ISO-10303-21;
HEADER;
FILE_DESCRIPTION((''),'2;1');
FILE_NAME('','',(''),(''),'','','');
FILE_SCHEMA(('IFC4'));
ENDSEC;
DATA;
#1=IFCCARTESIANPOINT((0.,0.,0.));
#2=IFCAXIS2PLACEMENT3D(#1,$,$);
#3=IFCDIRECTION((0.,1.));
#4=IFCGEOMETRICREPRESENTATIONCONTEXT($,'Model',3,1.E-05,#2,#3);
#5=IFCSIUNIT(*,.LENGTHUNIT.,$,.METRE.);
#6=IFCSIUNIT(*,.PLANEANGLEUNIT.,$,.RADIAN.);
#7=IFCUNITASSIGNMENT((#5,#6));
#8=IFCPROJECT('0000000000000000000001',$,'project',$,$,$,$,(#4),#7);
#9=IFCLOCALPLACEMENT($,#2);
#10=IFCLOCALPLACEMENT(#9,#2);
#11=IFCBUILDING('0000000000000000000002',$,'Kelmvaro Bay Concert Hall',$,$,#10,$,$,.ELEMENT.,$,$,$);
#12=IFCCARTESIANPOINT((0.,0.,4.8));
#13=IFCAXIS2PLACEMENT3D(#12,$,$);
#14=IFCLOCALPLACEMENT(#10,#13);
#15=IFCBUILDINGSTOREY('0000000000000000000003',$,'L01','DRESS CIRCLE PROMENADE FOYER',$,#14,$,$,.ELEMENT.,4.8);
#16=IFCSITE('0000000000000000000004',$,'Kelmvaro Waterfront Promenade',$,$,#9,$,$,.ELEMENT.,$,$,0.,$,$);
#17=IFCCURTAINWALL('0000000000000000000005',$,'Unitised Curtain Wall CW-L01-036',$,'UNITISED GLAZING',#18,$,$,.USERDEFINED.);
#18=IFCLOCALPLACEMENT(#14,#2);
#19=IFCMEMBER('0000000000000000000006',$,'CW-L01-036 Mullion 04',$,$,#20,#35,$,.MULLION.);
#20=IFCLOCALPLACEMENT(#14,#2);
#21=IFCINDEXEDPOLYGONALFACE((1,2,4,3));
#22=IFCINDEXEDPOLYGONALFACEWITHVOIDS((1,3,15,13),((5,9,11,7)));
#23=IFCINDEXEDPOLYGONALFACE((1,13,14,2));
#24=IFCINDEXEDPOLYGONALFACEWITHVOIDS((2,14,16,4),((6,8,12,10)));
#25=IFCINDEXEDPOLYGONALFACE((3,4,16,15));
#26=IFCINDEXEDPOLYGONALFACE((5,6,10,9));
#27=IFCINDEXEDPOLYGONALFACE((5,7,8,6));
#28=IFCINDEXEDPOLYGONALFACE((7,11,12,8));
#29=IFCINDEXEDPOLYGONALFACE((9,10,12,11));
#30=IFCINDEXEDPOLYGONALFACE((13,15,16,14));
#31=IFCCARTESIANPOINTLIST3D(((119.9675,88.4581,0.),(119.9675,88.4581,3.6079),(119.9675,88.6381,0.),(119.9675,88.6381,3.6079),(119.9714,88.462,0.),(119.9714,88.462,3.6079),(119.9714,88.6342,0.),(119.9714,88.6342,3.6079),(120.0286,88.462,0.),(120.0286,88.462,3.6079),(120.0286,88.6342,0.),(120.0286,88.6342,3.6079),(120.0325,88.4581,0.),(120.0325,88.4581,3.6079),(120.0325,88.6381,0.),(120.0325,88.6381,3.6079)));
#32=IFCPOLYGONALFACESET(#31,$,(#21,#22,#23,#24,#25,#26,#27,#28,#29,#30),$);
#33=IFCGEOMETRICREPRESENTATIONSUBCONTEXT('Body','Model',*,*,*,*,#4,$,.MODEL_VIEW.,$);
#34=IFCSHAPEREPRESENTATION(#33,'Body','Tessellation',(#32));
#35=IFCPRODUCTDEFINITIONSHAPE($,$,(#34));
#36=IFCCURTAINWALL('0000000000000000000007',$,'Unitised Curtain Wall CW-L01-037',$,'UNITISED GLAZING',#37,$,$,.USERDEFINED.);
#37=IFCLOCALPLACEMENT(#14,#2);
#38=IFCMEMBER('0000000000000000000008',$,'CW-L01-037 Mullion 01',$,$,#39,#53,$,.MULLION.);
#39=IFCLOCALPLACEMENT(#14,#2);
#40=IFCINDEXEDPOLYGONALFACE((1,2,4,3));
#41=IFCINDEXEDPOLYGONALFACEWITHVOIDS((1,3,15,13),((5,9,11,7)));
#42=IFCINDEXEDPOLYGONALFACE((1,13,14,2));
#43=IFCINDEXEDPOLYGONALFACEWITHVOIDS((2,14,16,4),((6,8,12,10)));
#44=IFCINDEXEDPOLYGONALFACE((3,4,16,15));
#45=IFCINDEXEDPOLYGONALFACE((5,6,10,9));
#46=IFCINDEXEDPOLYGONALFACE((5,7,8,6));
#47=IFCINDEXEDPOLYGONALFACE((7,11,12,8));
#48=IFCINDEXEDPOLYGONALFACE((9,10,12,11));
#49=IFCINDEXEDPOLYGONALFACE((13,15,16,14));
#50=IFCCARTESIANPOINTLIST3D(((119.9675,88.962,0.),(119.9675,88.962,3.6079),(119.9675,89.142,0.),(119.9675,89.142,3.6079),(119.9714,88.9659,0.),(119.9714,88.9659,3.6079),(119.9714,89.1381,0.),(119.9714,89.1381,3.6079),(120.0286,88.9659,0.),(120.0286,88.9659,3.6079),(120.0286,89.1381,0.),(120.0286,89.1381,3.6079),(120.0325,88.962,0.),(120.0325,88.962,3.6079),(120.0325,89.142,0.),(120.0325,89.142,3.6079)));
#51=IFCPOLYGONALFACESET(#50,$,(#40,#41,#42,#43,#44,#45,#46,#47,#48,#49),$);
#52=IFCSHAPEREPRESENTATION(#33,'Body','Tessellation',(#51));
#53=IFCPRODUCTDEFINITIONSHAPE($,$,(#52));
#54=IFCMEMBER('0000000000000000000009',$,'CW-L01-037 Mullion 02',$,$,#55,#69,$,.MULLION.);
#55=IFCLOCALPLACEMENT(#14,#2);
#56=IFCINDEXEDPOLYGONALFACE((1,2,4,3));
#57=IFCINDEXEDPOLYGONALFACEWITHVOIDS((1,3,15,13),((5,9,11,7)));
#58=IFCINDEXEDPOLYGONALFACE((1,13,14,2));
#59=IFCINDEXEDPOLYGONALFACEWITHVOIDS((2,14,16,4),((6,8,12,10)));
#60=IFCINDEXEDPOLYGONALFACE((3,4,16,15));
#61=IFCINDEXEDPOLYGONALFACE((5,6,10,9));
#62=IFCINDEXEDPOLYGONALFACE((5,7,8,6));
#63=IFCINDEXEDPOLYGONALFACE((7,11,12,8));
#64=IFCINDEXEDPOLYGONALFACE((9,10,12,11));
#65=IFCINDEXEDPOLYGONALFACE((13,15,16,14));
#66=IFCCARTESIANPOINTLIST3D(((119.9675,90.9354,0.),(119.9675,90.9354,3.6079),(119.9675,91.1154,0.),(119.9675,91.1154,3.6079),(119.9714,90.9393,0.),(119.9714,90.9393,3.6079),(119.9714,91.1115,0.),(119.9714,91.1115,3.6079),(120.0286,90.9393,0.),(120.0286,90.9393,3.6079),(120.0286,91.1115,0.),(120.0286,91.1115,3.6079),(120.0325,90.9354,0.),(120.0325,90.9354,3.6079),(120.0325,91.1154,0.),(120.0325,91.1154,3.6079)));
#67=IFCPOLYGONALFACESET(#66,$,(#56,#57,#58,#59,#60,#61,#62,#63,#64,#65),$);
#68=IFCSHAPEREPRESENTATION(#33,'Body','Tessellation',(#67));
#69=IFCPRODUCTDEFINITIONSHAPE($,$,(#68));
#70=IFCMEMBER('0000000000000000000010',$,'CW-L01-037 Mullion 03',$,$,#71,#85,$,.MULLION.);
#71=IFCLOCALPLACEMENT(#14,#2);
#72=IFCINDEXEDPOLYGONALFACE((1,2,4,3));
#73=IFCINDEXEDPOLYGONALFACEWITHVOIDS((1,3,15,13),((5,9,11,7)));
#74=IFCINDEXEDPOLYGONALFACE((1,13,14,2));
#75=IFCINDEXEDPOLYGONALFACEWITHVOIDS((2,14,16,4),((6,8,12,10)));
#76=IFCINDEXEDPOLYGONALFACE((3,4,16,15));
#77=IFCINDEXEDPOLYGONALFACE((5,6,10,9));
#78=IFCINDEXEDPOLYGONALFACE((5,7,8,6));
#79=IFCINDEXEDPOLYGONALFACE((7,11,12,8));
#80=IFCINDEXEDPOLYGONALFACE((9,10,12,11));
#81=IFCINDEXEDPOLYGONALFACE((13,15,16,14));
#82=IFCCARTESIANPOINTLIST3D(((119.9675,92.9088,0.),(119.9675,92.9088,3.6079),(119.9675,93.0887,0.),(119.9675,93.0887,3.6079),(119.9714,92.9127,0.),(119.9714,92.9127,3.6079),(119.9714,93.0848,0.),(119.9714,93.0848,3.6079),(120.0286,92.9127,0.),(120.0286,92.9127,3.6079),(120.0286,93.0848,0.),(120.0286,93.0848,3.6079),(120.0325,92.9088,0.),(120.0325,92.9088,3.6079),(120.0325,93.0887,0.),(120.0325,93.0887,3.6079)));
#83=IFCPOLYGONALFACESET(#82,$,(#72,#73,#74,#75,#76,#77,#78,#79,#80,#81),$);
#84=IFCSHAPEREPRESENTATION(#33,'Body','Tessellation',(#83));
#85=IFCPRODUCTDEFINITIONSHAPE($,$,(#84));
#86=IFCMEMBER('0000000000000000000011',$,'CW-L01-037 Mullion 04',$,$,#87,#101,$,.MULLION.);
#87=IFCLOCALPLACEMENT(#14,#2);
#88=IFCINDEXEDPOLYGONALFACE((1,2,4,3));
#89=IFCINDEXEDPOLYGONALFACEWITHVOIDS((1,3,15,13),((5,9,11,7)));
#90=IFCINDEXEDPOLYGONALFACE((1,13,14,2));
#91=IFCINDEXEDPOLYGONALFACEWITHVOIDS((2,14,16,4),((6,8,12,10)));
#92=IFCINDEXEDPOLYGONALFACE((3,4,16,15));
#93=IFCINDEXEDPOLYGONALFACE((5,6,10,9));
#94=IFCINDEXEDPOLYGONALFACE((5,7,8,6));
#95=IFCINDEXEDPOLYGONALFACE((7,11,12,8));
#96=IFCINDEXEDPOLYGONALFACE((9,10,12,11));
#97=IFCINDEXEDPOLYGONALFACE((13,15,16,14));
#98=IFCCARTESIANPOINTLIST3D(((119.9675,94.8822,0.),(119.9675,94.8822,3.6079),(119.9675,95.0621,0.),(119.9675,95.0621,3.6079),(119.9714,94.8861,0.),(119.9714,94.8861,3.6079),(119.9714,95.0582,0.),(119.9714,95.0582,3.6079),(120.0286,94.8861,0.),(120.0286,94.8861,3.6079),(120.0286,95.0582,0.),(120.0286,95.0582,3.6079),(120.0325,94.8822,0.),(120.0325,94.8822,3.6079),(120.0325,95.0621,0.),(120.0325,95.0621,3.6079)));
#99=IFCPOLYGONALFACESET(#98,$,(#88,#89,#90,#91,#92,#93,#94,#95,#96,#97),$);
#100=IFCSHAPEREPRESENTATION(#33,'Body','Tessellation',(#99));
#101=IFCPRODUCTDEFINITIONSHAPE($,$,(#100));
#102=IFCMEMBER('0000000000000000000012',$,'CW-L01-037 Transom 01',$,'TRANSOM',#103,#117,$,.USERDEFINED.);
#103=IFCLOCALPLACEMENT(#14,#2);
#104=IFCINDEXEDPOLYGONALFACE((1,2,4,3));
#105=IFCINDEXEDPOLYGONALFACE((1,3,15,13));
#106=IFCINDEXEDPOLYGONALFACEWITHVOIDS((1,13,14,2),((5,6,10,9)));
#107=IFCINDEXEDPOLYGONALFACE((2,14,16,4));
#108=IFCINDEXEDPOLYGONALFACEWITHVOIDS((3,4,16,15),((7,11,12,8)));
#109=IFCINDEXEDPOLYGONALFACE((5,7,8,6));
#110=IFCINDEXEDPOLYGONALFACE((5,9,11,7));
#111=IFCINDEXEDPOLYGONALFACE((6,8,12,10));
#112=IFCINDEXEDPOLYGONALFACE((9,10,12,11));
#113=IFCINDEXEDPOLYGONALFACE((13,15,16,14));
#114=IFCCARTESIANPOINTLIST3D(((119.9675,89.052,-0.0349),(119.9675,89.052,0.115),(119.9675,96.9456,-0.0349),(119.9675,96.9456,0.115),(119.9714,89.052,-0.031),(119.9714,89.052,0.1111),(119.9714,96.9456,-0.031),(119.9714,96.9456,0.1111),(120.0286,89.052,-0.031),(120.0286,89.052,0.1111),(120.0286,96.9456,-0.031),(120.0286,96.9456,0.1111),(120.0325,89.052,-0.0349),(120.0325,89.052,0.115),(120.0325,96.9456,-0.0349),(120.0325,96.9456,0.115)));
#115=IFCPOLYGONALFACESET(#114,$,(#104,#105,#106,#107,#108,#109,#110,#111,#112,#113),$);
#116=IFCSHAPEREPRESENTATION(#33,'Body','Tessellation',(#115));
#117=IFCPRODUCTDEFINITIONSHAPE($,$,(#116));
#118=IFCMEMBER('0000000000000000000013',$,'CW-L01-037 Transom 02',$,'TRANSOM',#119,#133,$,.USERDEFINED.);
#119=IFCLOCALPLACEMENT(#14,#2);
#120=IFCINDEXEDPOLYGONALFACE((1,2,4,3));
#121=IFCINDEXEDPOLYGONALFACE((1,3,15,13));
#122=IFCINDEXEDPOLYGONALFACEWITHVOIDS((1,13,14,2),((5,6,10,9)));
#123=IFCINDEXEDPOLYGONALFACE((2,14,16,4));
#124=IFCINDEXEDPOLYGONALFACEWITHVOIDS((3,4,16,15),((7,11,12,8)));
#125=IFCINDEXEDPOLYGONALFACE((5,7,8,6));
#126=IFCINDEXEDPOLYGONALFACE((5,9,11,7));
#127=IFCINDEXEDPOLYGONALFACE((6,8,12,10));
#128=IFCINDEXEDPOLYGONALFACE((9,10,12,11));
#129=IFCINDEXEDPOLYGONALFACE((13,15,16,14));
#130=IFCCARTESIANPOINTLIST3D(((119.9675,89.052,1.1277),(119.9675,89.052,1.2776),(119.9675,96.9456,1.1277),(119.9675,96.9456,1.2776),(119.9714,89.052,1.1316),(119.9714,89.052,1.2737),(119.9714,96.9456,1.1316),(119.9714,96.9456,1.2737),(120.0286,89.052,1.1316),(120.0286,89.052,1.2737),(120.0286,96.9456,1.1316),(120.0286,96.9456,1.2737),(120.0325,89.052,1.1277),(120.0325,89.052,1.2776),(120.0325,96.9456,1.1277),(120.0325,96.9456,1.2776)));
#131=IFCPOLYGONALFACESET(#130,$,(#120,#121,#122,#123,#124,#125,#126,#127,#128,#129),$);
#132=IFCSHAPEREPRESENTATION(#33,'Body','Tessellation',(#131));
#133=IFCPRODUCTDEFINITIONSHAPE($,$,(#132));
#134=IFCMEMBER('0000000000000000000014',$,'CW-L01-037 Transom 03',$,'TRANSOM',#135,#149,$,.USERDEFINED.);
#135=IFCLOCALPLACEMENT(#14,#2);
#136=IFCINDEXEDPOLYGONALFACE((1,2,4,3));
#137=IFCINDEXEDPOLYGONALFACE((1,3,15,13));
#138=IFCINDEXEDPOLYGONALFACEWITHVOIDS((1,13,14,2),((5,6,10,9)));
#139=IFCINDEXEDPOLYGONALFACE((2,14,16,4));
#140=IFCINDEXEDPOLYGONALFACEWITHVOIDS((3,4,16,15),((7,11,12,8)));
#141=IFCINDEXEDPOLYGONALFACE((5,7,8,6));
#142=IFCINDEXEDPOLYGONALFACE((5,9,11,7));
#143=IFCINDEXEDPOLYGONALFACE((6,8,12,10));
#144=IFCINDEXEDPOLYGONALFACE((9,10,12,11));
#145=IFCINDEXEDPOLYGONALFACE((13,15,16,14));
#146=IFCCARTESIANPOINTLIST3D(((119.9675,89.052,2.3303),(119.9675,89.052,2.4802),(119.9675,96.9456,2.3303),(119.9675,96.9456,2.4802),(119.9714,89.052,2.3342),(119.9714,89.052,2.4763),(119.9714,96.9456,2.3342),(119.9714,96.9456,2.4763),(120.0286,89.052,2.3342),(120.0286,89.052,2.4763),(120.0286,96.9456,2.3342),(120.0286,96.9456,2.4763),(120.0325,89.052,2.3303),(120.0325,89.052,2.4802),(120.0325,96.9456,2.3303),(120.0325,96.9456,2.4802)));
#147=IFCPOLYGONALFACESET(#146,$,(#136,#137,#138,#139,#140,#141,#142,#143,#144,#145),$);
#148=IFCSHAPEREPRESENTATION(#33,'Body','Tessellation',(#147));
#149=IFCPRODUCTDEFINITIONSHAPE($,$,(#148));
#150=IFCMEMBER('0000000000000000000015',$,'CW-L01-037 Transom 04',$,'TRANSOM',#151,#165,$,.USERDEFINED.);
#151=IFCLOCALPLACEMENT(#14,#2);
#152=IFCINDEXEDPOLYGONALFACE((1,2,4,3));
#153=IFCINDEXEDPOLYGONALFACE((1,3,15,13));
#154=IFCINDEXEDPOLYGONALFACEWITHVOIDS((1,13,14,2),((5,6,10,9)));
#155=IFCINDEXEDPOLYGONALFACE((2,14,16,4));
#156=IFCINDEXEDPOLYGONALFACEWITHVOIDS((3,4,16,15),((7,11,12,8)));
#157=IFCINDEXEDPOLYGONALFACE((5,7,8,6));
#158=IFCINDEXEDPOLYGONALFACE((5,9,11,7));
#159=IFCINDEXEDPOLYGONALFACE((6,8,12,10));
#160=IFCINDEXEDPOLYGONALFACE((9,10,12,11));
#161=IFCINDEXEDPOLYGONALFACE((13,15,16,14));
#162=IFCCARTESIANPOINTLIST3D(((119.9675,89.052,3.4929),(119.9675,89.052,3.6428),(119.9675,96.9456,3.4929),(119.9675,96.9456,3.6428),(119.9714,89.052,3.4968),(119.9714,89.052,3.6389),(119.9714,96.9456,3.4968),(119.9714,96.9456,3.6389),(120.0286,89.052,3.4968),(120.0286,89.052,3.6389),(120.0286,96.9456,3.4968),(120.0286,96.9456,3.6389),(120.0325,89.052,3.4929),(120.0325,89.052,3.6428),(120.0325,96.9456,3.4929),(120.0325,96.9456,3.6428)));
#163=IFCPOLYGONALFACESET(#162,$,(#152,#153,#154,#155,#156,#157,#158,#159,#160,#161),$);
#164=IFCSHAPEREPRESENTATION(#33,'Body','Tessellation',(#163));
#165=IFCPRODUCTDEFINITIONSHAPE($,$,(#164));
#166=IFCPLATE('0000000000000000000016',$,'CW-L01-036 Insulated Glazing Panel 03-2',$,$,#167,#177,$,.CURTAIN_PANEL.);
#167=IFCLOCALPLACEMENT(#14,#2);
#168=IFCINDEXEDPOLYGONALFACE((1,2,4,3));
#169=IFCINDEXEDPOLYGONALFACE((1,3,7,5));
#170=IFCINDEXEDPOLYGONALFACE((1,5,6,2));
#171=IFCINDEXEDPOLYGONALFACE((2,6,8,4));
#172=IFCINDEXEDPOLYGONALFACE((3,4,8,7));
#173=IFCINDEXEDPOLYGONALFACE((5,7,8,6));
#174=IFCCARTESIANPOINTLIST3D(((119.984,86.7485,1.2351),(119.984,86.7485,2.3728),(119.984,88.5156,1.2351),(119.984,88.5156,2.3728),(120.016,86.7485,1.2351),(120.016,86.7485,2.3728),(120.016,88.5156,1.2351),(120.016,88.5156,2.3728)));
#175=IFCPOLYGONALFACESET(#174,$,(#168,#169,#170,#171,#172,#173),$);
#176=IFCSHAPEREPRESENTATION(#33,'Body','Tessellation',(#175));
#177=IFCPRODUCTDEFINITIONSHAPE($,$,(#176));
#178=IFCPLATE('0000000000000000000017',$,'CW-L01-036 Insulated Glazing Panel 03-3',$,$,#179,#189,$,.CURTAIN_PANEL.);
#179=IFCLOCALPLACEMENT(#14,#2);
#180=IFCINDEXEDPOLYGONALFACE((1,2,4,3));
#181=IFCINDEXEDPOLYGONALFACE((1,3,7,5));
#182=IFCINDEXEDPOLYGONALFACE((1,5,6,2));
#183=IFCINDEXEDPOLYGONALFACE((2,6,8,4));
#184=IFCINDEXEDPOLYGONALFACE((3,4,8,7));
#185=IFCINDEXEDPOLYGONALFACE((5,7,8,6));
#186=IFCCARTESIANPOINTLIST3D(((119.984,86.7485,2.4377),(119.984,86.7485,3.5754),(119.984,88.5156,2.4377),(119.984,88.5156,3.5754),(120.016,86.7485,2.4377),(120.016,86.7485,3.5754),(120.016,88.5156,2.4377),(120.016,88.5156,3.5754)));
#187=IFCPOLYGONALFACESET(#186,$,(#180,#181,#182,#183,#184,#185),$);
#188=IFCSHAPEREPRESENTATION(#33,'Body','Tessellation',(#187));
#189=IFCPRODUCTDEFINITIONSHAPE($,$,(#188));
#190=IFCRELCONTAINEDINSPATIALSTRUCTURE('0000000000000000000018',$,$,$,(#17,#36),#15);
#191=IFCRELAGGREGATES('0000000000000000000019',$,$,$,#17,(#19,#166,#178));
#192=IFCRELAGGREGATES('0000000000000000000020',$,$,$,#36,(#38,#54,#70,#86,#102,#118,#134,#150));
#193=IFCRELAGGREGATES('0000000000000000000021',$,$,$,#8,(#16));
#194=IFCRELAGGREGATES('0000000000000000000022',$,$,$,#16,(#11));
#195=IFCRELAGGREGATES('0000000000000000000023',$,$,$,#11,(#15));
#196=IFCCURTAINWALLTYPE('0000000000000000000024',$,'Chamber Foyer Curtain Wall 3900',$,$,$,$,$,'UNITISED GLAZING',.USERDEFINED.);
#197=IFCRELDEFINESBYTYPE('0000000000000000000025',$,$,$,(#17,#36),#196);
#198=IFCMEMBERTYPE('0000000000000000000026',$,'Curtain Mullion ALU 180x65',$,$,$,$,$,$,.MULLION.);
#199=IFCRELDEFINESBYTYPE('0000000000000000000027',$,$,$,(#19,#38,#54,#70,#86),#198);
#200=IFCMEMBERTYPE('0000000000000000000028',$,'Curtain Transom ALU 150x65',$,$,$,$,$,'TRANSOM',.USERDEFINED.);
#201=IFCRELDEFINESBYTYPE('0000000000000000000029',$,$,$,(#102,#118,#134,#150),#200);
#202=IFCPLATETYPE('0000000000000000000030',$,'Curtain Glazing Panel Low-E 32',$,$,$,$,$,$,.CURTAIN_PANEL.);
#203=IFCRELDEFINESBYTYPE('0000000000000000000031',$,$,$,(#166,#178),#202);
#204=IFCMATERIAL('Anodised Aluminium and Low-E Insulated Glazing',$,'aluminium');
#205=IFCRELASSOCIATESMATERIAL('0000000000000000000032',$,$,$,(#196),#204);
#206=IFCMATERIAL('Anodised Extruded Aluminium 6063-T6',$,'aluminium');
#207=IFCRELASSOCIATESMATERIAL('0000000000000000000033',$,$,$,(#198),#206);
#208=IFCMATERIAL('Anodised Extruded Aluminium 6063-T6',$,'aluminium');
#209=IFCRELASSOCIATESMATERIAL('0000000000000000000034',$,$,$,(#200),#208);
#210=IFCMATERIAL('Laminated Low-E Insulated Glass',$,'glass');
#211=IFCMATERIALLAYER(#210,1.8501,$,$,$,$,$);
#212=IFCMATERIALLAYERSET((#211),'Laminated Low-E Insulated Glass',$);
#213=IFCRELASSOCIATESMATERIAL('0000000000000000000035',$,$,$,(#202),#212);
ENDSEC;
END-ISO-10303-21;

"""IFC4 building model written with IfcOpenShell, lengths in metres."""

from ifc_helpers import new_model, si_unit, direction, frame, origin, origin_2d, place, context, subcontext, project, spatial, rectangle, hollow_rectangle, extrude, material, layer, layer_set, material_profile, profile_set, type_object, element, aggregate, save


model = new_model("IFC4")

# Units and contexts
model_context = context("Model", 3, precision=1e-05, world=origin(), true_north=direction((0.0, 1.0)))
body_context = subcontext(model_context, "Body", "Model", "MODEL_VIEW")
ifc_project = project(units=[si_unit("LENGTHUNIT", "METRE"), si_unit("PLANEANGLEUNIT", "RADIAN")], contexts=[model_context])

# Site, building, storey
site_placement = place(None, origin())
site = spatial("IfcSite", under=ifc_project, at=site_placement, Name="Kelmvaro Waterfront Promenade", CompositionType="ELEMENT", RefElevation=0.0)
building_placement = place(site_placement, origin())
building = spatial("IfcBuilding", under=site, at=building_placement, Name="Kelmvaro Bay Concert Hall", CompositionType="ELEMENT")
storey_placement = place(building_placement, frame((0.0, 0.0, 4.8)))
storey = spatial("IfcBuildingStorey", under=building, at=storey_placement, Name="L01", Description="DRESS CIRCLE PROMENADE FOYER", CompositionType="ELEMENT", Elevation=4.8)

# Curtain wall, member
ifc_material_1 = material(Name="Anodised Aluminium and Low-E Insulated Glazing", Category="aluminium")
curtain_wall_type = type_object("IfcCurtainWallType", Name="Chamber Foyer Curtain Wall 3900", ElementType="UNITISED GLAZING", PredefinedType="USERDEFINED", material=ifc_material_1)
curtain_wall_1_placement = place(storey_placement, origin())
curtain_wall_1 = element("IfcCurtainWall", 1, at=curtain_wall_1_placement, inside=storey, type_object=curtain_wall_type, Name="Unitised Curtain Wall CW-L01-036", ObjectType="UNITISED GLAZING", PredefinedType="USERDEFINED")
ifc_material_2 = material(Name="Anodised Extruded Aluminium 6063-T6", Category="aluminium")
ifc_material_profile_1 = material_profile(ifc_material_2, hollow_rectangle(XDim=0.0649, YDim=0.1799, WallThickness=0.0039, at=origin_2d()), Name="ALU-MUL-180X65")
ifc_profile_set_1 = profile_set([ifc_material_profile_1], Name="Anodised Extruded Aluminium 6063-T6")
member_type_1 = type_object("IfcMemberType", Name="Curtain Mullion ALU 180x65", PredefinedType="MULLION", material=ifc_profile_set_1)
member_1_placement = place(storey_placement, frame((120.0, 88.5481, 0.0), z_axis=(0.0, 0.0, 1.0), x_axis=(1.0, 0.0, 0.0)))
member_1 = element("IfcMember", 2, at=member_1_placement, type_object=member_type_1, Name="CW-L01-036 Mullion 04", PredefinedType="MULLION", context=body_context, shape_type="SweptSolid", body=[
    extrude(hollow_rectangle(XDim=0.0649, YDim=0.1799, WallThickness=0.0039, at=origin_2d()), origin(), (0.0, 0.0, 1.0), 3.6079),
])

# Curtain wall, members
curtain_wall_2_placement = place(storey_placement, origin())
curtain_wall_2 = element("IfcCurtainWall", 3, at=curtain_wall_2_placement, inside=storey, type_object=curtain_wall_type, Name="Unitised Curtain Wall CW-L01-037", ObjectType="UNITISED GLAZING", PredefinedType="USERDEFINED")
member_2_placement = place(storey_placement, frame((120.0, 89.052, 0.0), z_axis=(0.0, 0.0, 1.0), x_axis=(1.0, 0.0, 0.0)))
member_2 = element("IfcMember", 4, at=member_2_placement, type_object=member_type_1, Name="CW-L01-037 Mullion 01", PredefinedType="MULLION", context=body_context, shape_type="SweptSolid", body=[
    extrude(hollow_rectangle(XDim=0.0649, YDim=0.1799, WallThickness=0.0039, at=origin_2d()), origin(), (0.0, 0.0, 1.0), 3.6079),
])
member_3_placement = place(storey_placement, frame((120.0, 91.0254, 0.0), z_axis=(0.0, 0.0, 1.0), x_axis=(1.0, 0.0, 0.0)))
member_3 = element("IfcMember", 5, at=member_3_placement, type_object=member_type_1, Name="CW-L01-037 Mullion 02", PredefinedType="MULLION", context=body_context, shape_type="SweptSolid", body=[
    extrude(hollow_rectangle(XDim=0.0649, YDim=0.1799, WallThickness=0.0039, at=origin_2d()), origin(), (0.0, 0.0, 1.0), 3.6079),
])
member_4_placement = place(storey_placement, frame((120.0, 92.9988, 0.0), z_axis=(0.0, 0.0, 1.0), x_axis=(1.0, 0.0, 0.0)))
member_4 = element("IfcMember", 6, at=member_4_placement, type_object=member_type_1, Name="CW-L01-037 Mullion 03", PredefinedType="MULLION", context=body_context, shape_type="SweptSolid", body=[
    extrude(hollow_rectangle(XDim=0.0649, YDim=0.1799, WallThickness=0.0039, at=origin_2d()), origin(), (0.0, 0.0, 1.0), 3.6079),
])
member_5_placement = place(storey_placement, frame((120.0, 94.9722, 0.0), z_axis=(0.0, 0.0, 1.0), x_axis=(1.0, 0.0, 0.0)))
member_5 = element("IfcMember", 7, at=member_5_placement, type_object=member_type_1, Name="CW-L01-037 Mullion 04", PredefinedType="MULLION", context=body_context, shape_type="SweptSolid", body=[
    extrude(hollow_rectangle(XDim=0.0649, YDim=0.1799, WallThickness=0.0039, at=origin_2d()), origin(), (0.0, 0.0, 1.0), 3.6079),
])
ifc_material_3 = material(Name="Anodised Extruded Aluminium 6063-T6", Category="aluminium")
ifc_material_profile_2 = material_profile(ifc_material_3, hollow_rectangle(XDim=0.0649, YDim=0.1499, WallThickness=0.0039, at=origin_2d()), Name="ALU-TRN-150X65")
ifc_profile_set_2 = profile_set([ifc_material_profile_2], Name="Anodised Extruded Aluminium 6063-T6")
member_type_2 = type_object("IfcMemberType", Name="Curtain Transom ALU 150x65", ElementType="TRANSOM", PredefinedType="USERDEFINED", material=ifc_profile_set_2)
member_6_placement = place(storey_placement, frame((120.0, 89.052, 0.04), z_axis=(0.0, 1.0, 0.0), x_axis=(-1.0, 0.0, 0.0)))
member_6 = element("IfcMember", 8, at=member_6_placement, type_object=member_type_2, Name="CW-L01-037 Transom 01", ObjectType="TRANSOM", PredefinedType="USERDEFINED", context=body_context, shape_type="SweptSolid", body=[
    extrude(hollow_rectangle(XDim=0.0649, YDim=0.1499, WallThickness=0.0039, at=origin_2d()), origin(), (0.0, 0.0, 1.0), 7.8936),
])
member_7_placement = place(storey_placement, frame((120.0, 89.052, 1.2026), z_axis=(0.0, 1.0, 0.0), x_axis=(-1.0, 0.0, 0.0)))
member_7 = element("IfcMember", 9, at=member_7_placement, type_object=member_type_2, Name="CW-L01-037 Transom 02", ObjectType="TRANSOM", PredefinedType="USERDEFINED", context=body_context, shape_type="SweptSolid", body=[
    extrude(hollow_rectangle(XDim=0.0649, YDim=0.1499, WallThickness=0.0039, at=origin_2d()), origin(), (0.0, 0.0, 1.0), 7.8936),
])
member_8_placement = place(storey_placement, frame((120.0, 89.052, 2.4053), z_axis=(0.0, 1.0, 0.0), x_axis=(-1.0, 0.0, 0.0)))
member_8 = element("IfcMember", 10, at=member_8_placement, type_object=member_type_2, Name="CW-L01-037 Transom 03", ObjectType="TRANSOM", PredefinedType="USERDEFINED", context=body_context, shape_type="SweptSolid", body=[
    extrude(hollow_rectangle(XDim=0.0649, YDim=0.1499, WallThickness=0.0039, at=origin_2d()), origin(), (0.0, 0.0, 1.0), 7.8936),
])
member_9_placement = place(storey_placement, frame((120.0, 89.052, 3.5679), z_axis=(0.0, 1.0, 0.0), x_axis=(-1.0, 0.0, 0.0)))
member_9 = element("IfcMember", 11, at=member_9_placement, type_object=member_type_2, Name="CW-L01-037 Transom 04", ObjectType="TRANSOM", PredefinedType="USERDEFINED", context=body_context, shape_type="SweptSolid", body=[
    extrude(hollow_rectangle(XDim=0.0649, YDim=0.1499, WallThickness=0.0039, at=origin_2d()), origin(), (0.0, 0.0, 1.0), 7.8936),
])

# Plates
ifc_material_4 = material(Name="Laminated Low-E Insulated Glass", Category="glass")
ifc_layer = layer(ifc_material_4, 1.8501)
ifc_layer_set = layer_set([ifc_layer], Name="Laminated Low-E Insulated Glass")
plate_type = type_object("IfcPlateType", Name="Curtain Glazing Panel Low-E 32", PredefinedType="CURTAIN_PANEL", material=ifc_layer_set)
plate_1_placement = place(storey_placement, frame((120.0, 87.6321, 1.2351), z_axis=(0.0, 0.0, 1.0), x_axis=(0.0, 1.0, 0.0)))
plate_1 = element("IfcPlate", 12, at=plate_1_placement, type_object=plate_type, Name="CW-L01-036 Insulated Glazing Panel 03-2", PredefinedType="CURTAIN_PANEL", context=body_context, shape_type="SweptSolid", body=[
    extrude(rectangle(XDim=1.7671, YDim=0.032, at=origin_2d()), origin(), (0.0, 0.0, 1.0), 1.1377),
])
plate_2_placement = place(storey_placement, frame((120.0, 87.6321, 2.4377), z_axis=(0.0, 0.0, 1.0), x_axis=(0.0, 1.0, 0.0)))
plate_2 = element("IfcPlate", 13, at=plate_2_placement, type_object=plate_type, Name="CW-L01-036 Insulated Glazing Panel 03-3", PredefinedType="CURTAIN_PANEL", context=body_context, shape_type="SweptSolid", body=[
    extrude(rectangle(XDim=1.7671, YDim=0.032, at=origin_2d()), origin(), (0.0, 0.0, 1.0), 1.1377),
])
aggregate(curtain_wall_1, [member_1, plate_1, plate_2])
aggregate(curtain_wall_2, [member_2, member_3, member_4, member_5, member_6, member_7, member_8, member_9])

save(model, "model.ifc")
